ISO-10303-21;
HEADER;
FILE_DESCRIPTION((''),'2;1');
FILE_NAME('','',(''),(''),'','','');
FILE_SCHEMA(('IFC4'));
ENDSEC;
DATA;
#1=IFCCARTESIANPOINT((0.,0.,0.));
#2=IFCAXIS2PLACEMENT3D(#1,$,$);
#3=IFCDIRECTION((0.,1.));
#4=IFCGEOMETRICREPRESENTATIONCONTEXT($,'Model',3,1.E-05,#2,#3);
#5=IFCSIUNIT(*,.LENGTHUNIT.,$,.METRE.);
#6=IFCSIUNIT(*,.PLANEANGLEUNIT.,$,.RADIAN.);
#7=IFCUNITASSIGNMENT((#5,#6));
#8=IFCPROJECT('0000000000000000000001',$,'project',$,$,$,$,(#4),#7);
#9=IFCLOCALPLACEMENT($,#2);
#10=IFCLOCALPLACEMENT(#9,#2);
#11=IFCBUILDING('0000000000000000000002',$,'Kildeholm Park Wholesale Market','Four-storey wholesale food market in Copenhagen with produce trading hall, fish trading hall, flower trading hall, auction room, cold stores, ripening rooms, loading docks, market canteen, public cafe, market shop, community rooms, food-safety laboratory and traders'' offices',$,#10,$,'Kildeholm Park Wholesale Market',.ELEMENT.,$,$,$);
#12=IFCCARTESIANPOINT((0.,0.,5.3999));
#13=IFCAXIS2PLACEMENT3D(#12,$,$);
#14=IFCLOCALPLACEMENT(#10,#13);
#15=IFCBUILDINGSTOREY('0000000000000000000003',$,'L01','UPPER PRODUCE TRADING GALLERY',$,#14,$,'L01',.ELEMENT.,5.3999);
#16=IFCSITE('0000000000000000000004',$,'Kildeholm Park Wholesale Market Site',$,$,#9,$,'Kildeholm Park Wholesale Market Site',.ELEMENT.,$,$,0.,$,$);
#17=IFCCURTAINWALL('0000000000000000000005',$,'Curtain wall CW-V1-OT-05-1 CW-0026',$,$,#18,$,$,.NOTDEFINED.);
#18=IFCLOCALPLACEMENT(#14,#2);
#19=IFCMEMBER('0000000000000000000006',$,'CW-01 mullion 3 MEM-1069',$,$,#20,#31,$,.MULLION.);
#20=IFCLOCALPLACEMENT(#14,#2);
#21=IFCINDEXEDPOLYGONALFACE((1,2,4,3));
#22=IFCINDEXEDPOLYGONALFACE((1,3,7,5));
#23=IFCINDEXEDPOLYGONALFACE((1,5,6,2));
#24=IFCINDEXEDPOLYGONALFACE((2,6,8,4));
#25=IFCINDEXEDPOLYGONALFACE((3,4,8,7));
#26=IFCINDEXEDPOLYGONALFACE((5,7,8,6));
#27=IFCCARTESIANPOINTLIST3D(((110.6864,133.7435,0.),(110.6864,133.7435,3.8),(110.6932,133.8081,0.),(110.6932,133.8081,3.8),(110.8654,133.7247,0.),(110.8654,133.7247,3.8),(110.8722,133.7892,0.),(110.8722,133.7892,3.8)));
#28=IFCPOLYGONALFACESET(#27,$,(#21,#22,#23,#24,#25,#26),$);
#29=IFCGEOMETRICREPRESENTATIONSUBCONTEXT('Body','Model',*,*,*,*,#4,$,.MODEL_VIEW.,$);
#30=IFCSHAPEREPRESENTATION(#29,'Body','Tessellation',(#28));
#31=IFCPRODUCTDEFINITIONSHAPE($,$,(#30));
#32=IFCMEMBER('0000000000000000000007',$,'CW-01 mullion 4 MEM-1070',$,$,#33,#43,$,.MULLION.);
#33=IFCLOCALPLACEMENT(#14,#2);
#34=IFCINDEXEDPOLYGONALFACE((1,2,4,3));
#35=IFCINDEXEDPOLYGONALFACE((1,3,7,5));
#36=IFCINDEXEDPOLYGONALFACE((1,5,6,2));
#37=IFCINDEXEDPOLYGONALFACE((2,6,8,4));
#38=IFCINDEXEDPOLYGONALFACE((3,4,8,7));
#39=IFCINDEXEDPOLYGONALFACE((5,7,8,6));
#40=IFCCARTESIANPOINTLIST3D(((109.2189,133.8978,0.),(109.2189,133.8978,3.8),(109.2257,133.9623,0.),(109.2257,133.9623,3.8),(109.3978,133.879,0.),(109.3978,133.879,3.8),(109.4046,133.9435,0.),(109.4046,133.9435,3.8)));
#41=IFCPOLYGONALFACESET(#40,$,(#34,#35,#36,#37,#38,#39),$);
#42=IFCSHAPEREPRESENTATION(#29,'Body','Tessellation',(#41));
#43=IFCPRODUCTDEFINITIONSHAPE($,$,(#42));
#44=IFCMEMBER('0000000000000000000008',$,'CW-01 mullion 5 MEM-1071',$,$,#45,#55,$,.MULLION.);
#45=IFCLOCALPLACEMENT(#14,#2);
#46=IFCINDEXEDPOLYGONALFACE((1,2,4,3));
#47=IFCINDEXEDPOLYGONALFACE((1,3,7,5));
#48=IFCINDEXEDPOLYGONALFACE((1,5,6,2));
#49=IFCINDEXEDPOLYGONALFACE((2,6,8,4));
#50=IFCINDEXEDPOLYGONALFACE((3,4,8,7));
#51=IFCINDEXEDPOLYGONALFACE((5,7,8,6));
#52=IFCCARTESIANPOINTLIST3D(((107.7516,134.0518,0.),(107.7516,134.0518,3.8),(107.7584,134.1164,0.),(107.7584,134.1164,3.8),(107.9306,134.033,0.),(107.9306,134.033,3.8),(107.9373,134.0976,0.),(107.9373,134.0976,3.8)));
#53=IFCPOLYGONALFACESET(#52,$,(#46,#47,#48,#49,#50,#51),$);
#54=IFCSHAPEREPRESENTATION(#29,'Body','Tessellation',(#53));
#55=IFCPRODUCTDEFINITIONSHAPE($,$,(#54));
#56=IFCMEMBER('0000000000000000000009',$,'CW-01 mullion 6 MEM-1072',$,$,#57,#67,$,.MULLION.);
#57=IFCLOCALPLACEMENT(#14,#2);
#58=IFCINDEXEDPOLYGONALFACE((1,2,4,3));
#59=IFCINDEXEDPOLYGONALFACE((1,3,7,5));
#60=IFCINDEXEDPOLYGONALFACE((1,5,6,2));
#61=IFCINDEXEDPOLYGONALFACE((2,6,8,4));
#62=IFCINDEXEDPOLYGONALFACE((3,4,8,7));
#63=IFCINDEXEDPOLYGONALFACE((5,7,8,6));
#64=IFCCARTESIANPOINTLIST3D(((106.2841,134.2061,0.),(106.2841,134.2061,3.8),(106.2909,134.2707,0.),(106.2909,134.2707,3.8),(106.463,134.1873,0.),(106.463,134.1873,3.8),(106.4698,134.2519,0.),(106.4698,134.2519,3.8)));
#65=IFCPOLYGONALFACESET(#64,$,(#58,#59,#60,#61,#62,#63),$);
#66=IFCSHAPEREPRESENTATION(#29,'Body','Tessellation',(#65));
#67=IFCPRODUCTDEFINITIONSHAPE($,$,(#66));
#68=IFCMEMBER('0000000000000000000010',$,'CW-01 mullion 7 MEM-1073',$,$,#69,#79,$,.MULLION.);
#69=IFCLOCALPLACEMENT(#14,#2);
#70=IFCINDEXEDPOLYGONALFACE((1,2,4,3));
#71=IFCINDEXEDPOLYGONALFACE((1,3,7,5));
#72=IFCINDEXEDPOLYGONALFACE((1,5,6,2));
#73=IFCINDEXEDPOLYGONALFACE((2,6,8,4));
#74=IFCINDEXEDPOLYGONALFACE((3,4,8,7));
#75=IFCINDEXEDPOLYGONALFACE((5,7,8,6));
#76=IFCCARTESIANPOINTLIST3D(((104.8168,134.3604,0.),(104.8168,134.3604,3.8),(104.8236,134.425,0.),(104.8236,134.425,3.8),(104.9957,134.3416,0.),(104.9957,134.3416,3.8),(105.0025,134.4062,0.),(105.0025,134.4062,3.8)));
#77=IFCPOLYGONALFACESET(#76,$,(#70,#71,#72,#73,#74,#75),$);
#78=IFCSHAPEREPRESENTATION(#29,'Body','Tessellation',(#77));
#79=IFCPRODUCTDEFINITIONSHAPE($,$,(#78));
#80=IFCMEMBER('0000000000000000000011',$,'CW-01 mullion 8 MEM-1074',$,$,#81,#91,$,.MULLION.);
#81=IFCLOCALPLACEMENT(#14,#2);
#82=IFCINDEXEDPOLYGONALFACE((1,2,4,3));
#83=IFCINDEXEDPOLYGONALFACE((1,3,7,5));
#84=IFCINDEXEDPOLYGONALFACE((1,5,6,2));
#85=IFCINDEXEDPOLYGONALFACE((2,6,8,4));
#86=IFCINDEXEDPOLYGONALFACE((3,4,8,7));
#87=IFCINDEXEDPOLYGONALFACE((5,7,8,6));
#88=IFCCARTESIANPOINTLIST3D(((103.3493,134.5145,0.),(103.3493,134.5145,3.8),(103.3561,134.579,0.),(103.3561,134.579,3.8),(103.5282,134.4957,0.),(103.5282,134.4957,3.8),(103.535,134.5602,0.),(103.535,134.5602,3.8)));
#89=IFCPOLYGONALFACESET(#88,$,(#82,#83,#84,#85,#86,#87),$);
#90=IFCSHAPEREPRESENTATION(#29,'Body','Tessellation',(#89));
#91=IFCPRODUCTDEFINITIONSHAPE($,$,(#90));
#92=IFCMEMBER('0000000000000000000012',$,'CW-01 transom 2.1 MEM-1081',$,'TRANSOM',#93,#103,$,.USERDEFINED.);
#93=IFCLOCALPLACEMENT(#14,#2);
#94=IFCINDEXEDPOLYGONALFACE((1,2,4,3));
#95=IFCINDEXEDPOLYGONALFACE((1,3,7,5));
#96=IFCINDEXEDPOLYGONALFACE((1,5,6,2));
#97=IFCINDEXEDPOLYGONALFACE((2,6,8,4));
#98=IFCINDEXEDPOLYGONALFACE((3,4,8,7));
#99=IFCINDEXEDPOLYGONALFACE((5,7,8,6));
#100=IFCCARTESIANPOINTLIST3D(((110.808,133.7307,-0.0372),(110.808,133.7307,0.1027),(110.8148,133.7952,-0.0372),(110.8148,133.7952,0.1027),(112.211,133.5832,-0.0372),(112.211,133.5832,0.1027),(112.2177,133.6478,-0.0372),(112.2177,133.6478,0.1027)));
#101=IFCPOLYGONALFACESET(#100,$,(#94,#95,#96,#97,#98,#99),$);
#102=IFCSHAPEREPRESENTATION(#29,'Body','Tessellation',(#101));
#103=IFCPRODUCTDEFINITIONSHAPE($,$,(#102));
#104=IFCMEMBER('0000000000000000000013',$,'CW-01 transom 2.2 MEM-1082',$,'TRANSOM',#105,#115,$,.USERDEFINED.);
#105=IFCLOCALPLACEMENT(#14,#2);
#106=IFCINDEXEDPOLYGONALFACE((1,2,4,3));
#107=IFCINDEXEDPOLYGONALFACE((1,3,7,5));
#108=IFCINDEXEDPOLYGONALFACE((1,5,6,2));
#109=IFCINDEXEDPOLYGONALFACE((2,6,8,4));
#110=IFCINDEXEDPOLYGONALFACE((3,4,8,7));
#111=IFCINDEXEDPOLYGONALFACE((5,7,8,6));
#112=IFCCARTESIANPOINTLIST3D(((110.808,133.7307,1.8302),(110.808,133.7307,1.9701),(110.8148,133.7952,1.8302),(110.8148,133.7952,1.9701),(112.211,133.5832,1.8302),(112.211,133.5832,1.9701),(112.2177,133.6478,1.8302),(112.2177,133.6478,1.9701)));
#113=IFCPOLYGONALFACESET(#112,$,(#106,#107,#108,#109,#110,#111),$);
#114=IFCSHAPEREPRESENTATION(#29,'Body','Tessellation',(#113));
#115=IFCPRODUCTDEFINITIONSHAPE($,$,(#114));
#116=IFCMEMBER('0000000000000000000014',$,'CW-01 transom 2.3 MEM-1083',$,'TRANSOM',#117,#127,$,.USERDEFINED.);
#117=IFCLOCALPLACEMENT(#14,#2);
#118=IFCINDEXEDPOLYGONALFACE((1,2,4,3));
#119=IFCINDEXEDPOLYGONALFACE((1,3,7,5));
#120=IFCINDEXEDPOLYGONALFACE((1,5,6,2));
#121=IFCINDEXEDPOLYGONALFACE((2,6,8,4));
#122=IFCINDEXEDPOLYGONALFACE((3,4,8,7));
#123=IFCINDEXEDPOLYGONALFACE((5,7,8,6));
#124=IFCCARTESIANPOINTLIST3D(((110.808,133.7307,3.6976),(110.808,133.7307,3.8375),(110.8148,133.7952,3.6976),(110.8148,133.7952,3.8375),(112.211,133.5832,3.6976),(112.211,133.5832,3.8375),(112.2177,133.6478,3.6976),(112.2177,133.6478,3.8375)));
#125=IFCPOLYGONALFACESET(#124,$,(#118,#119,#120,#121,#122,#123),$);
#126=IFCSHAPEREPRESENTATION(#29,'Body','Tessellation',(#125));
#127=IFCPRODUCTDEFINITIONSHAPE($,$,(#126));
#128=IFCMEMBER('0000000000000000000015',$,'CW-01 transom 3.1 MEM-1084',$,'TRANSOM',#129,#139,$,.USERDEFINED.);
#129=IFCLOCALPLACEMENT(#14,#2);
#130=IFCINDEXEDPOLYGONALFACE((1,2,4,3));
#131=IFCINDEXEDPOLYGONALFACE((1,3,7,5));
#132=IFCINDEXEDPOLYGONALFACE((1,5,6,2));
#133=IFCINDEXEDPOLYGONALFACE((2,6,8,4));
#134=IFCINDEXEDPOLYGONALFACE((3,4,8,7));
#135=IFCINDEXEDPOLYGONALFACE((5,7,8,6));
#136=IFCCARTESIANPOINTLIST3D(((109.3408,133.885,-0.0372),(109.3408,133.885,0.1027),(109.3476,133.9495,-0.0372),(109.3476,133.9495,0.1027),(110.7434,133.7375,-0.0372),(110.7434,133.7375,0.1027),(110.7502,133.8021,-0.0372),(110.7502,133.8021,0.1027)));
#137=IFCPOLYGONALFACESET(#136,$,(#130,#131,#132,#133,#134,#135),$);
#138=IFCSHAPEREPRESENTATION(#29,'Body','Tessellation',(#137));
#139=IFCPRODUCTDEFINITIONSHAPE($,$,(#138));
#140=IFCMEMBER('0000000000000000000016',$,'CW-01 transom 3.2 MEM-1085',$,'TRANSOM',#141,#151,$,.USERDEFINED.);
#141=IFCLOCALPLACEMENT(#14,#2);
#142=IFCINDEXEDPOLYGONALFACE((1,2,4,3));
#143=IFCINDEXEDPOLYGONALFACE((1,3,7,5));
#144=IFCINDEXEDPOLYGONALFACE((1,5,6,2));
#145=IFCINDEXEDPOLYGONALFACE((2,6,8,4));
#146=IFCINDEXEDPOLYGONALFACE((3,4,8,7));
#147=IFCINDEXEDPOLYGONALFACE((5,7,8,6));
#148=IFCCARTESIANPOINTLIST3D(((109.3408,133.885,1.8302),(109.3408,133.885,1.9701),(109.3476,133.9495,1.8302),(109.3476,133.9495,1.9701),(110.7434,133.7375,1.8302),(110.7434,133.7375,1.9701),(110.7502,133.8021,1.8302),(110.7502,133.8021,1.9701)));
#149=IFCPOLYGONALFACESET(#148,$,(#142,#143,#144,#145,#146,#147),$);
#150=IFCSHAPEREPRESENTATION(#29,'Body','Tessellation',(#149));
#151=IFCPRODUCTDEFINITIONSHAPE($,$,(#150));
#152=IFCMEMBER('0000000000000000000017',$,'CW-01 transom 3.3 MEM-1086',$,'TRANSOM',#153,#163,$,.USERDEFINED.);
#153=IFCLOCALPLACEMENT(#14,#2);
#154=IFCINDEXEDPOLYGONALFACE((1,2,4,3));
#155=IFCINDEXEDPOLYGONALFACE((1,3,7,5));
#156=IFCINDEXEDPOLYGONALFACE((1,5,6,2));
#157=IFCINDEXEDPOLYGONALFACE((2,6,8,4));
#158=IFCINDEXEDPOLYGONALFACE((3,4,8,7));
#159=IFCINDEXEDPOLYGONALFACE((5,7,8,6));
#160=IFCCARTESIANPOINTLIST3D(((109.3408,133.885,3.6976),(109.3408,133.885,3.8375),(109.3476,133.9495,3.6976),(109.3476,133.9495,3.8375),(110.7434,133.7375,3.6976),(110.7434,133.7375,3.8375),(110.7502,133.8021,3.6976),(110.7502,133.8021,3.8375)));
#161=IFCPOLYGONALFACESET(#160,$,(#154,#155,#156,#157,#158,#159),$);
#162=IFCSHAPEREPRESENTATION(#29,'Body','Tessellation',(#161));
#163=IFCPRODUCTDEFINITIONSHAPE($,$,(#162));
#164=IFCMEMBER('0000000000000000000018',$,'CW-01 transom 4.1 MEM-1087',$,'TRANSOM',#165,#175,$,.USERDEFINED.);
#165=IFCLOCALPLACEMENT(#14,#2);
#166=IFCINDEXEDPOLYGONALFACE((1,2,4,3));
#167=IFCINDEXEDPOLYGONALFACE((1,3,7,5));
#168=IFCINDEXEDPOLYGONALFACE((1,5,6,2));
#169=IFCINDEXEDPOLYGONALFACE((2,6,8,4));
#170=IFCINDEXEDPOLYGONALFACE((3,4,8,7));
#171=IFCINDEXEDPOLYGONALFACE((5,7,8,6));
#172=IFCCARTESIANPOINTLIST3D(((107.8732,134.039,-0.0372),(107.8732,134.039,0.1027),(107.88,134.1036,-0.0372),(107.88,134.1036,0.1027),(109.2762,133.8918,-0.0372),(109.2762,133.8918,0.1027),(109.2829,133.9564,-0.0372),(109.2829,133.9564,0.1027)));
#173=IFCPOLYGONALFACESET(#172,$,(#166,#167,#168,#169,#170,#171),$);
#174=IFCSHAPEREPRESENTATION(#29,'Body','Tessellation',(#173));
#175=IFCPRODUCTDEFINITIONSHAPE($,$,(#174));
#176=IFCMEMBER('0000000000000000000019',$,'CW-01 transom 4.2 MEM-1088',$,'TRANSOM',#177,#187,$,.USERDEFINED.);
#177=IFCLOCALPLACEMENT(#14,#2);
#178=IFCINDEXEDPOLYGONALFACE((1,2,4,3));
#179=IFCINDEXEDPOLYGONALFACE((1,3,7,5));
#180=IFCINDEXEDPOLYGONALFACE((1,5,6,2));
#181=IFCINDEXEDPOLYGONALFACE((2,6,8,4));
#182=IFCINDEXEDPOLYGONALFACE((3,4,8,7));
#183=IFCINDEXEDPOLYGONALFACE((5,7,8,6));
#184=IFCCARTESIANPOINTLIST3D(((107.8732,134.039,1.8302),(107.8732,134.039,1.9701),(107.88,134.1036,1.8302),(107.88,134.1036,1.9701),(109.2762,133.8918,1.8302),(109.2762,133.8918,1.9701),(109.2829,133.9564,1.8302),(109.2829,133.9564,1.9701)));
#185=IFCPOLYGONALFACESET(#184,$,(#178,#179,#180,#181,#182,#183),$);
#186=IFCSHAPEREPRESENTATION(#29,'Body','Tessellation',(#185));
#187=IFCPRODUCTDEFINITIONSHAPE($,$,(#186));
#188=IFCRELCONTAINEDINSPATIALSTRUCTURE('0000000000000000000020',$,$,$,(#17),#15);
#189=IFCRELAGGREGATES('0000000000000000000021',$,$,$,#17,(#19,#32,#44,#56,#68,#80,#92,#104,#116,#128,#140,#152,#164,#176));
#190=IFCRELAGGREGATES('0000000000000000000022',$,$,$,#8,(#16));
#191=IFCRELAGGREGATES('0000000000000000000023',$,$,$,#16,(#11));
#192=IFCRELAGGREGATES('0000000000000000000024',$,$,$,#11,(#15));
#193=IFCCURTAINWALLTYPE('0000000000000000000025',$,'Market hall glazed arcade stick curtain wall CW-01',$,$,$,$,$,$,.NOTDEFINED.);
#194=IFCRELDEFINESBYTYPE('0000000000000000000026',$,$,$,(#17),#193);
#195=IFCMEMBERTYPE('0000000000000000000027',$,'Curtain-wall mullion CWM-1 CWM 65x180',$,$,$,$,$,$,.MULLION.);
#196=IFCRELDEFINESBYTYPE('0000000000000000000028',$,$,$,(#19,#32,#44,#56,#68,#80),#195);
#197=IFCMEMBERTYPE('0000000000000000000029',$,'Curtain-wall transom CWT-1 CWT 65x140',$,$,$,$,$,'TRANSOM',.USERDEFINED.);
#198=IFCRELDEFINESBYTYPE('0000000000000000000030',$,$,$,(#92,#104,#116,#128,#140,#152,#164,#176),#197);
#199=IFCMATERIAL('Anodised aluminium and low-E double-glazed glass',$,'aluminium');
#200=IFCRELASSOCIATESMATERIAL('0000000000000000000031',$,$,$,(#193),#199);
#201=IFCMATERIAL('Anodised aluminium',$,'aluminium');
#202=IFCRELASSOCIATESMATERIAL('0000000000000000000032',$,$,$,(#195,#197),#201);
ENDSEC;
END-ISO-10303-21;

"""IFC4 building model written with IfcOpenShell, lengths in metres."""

from ifc_helpers import new_model, si_unit, direction, frame, origin, origin_2d, place, context, subcontext, project, spatial, rectangle, extrude, material, material_profile, profile_set, type_object, element, aggregate, save


model = new_model("IFC4")

# Units and contexts
model_context = context("Model", 3, precision=1e-05, world=origin(), true_north=direction((0.0, 1.0)))
body_context = subcontext(model_context, "Body", "Model", "MODEL_VIEW")
ifc_project = project(units=[si_unit("LENGTHUNIT", "METRE"), si_unit("PLANEANGLEUNIT", "RADIAN")], contexts=[model_context])

# Site, building, storey
site_placement = place(None, origin())
site = spatial("IfcSite", under=ifc_project, at=site_placement, Name="Kildeholm Park Wholesale Market Site", LongName="Kildeholm Park Wholesale Market Site", CompositionType="ELEMENT", RefElevation=0.0)
building_placement = place(site_placement, origin())
building = spatial("IfcBuilding", under=site, at=building_placement, Name="Kildeholm Park Wholesale Market", Description="Four-storey wholesale food market in Copenhagen with produce trading hall, fish trading hall, flower trading hall, auction room, cold stores, ripening rooms, loading docks, market canteen, public cafe, market shop, community rooms, food-safety laboratory and traders' offices", LongName="Kildeholm Park Wholesale Market", CompositionType="ELEMENT")
storey_placement = place(building_placement, frame((0.0, 0.0, 5.3999)))
storey = spatial("IfcBuildingStorey", under=building, at=storey_placement, Name="L01", Description="UPPER PRODUCE TRADING GALLERY", LongName="L01", CompositionType="ELEMENT", Elevation=5.3999)

# Curtain wall, members
ifc_material_1 = material(Name="Anodised aluminium and low-E double-glazed glass", Category="aluminium")
curtain_wall_type = type_object("IfcCurtainWallType", Name="Market hall glazed arcade stick curtain wall CW-01", PredefinedType="NOTDEFINED", material=ifc_material_1)
curtain_wall_placement = place(storey_placement, origin())
curtain_wall = element("IfcCurtainWall", 1, at=curtain_wall_placement, inside=storey, type_object=curtain_wall_type, Name="Curtain wall CW-V1-OT-05-1 CW-0026", PredefinedType="NOTDEFINED")
ifc_material_2 = material(Name="Anodised aluminium", Category="aluminium")
ifc_material_profile_1 = material_profile(ifc_material_2, rectangle(XDim=0.0649, YDim=0.1799, at=origin_2d()), Name="CWM 65x180")
ifc_profile_set_1 = profile_set([ifc_material_profile_1], Name="Anodised aluminium")
member_type_1 = type_object("IfcMemberType", Name="Curtain-wall mullion CWM-1 CWM 65x180", PredefinedType="MULLION", material=ifc_profile_set_1)
member_1_placement = place(storey_placement, frame((110.7793, 133.7664, 0.0), z_axis=(0.0, 0.0, 1.0), x_axis=(-0.104508, -0.994524, 0.0)))
member_1 = element("IfcMember", 2, at=member_1_placement, type_object=member_type_1, Name="CW-01 mullion 3 MEM-1069", PredefinedType="MULLION", context=body_context, shape_type="SweptSolid", body=[
    extrude(rectangle(XDim=0.0649, YDim=0.1799, at=origin_2d()), origin(), (0.0, 0.0, 1.0), 3.8),
])
member_2_placement = place(storey_placement, frame((109.3118, 133.9207, 0.0), z_axis=(0.0, 0.0, 1.0), x_axis=(-0.104508, -0.994524, 0.0)))
member_2 = element("IfcMember", 3, at=member_2_placement, type_object=member_type_1, Name="CW-01 mullion 4 MEM-1070", PredefinedType="MULLION", context=body_context, shape_type="SweptSolid", body=[
    extrude(rectangle(XDim=0.0649, YDim=0.1799, at=origin_2d()), origin(), (0.0, 0.0, 1.0), 3.8),
])
member_3_placement = place(storey_placement, frame((107.8445, 134.0747, 0.0), z_axis=(0.0, 0.0, 1.0), x_axis=(-0.104508, -0.994524, 0.0)))
member_3 = element("IfcMember", 4, at=member_3_placement, type_object=member_type_1, Name="CW-01 mullion 5 MEM-1071", PredefinedType="MULLION", context=body_context, shape_type="SweptSolid", body=[
    extrude(rectangle(XDim=0.0649, YDim=0.1799, at=origin_2d()), origin(), (0.0, 0.0, 1.0), 3.8),
])
member_4_placement = place(storey_placement, frame((106.377, 134.229, 0.0), z_axis=(0.0, 0.0, 1.0), x_axis=(-0.104508, -0.994524, 0.0)))
member_4 = element("IfcMember", 5, at=member_4_placement, type_object=member_type_1, Name="CW-01 mullion 6 MEM-1072", PredefinedType="MULLION", context=body_context, shape_type="SweptSolid", body=[
    extrude(rectangle(XDim=0.0649, YDim=0.1799, at=origin_2d()), origin(), (0.0, 0.0, 1.0), 3.8),
])
member_5_placement = place(storey_placement, frame((104.9097, 134.3833, 0.0), z_axis=(0.0, 0.0, 1.0), x_axis=(-0.104508, -0.994524, 0.0)))
member_5 = element("IfcMember", 6, at=member_5_placement, type_object=member_type_1, Name="CW-01 mullion 7 MEM-1073", PredefinedType="MULLION", context=body_context, shape_type="SweptSolid", body=[
    extrude(rectangle(XDim=0.0649, YDim=0.1799, at=origin_2d()), origin(), (0.0, 0.0, 1.0), 3.8),
])
member_6_placement = place(storey_placement, frame((103.4421, 134.5374, 0.0), z_axis=(0.0, 0.0, 1.0), x_axis=(-0.104508, -0.994524, 0.0)))
member_6 = element("IfcMember", 7, at=member_6_placement, type_object=member_type_1, Name="CW-01 mullion 8 MEM-1074", PredefinedType="MULLION", context=body_context, shape_type="SweptSolid", body=[
    extrude(rectangle(XDim=0.0649, YDim=0.1799, at=origin_2d()), origin(), (0.0, 0.0, 1.0), 3.8),
])
ifc_material_profile_2 = material_profile(ifc_material_2, rectangle(XDim=0.0649, YDim=0.1399, at=origin_2d()), Name="CWT 65x140")
ifc_profile_set_2 = profile_set([ifc_material_profile_2], Name="Anodised aluminium")
member_type_2 = type_object("IfcMemberType", Name="Curtain-wall transom CWT-1 CWT 65x140", ElementType="TRANSOM", PredefinedType="USERDEFINED", material=ifc_profile_set_2)
member_7_placement = place(storey_placement, frame((112.2144, 133.6155, 0.0327), z_axis=(-0.994521, 0.104541, 0.0), x_axis=(-0.104541, -0.994521, 0.0)))
member_7 = element("IfcMember", 8, at=member_7_placement, type_object=member_type_2, Name="CW-01 transom 2.1 MEM-1081", ObjectType="TRANSOM", PredefinedType="USERDEFINED", context=body_context, shape_type="SweptSolid", body=[
    extrude(rectangle(XDim=0.0649, YDim=0.1399, at=origin_2d()), origin(), (0.0, 0.0, 1.0), 1.4106),
])
member_8_placement = place(storey_placement, frame((112.2144, 133.6155, 1.9001), z_axis=(-0.994521, 0.104541, 0.0), x_axis=(-0.104541, -0.994521, 0.0)))
member_8 = element("IfcMember", 9, at=member_8_placement, type_object=member_type_2, Name="CW-01 transom 2.2 MEM-1082", ObjectType="TRANSOM", PredefinedType="USERDEFINED", context=body_context, shape_type="SweptSolid", body=[
    extrude(rectangle(XDim=0.0649, YDim=0.1399, at=origin_2d()), origin(), (0.0, 0.0, 1.0), 1.4106),
])
member_9_placement = place(storey_placement, frame((112.2144, 133.6155, 3.7676), z_axis=(-0.994521, 0.104541, 0.0), x_axis=(-0.104541, -0.994521, 0.0)))
member_9 = element("IfcMember", 10, at=member_9_placement, type_object=member_type_2, Name="CW-01 transom 2.3 MEM-1083", ObjectType="TRANSOM", PredefinedType="USERDEFINED", context=body_context, shape_type="SweptSolid", body=[
    extrude(rectangle(XDim=0.0649, YDim=0.1399, at=origin_2d()), origin(), (0.0, 0.0, 1.0), 1.4106),
])
member_10_placement = place(storey_placement, frame((110.7468, 133.7698, 0.0327), z_axis=(-0.994519, 0.104559, 0.0), x_axis=(-0.104559, -0.994519, 0.0)))
member_10 = element("IfcMember", 11, at=member_10_placement, type_object=member_type_2, Name="CW-01 transom 3.1 MEM-1084", ObjectType="TRANSOM", PredefinedType="USERDEFINED", context=body_context, shape_type="SweptSolid", body=[
    extrude(rectangle(XDim=0.0649, YDim=0.1399, at=origin_2d()), origin(), (0.0, 0.0, 1.0), 1.4104),
])
member_11_placement = place(storey_placement, frame((110.7468, 133.7698, 1.9001), z_axis=(-0.994519, 0.104559, 0.0), x_axis=(-0.104559, -0.994519, 0.0)))
member_11 = element("IfcMember", 12, at=member_11_placement, type_object=member_type_2, Name="CW-01 transom 3.2 MEM-1085", ObjectType="TRANSOM", PredefinedType="USERDEFINED", context=body_context, shape_type="SweptSolid", body=[
    extrude(rectangle(XDim=0.0649, YDim=0.1399, at=origin_2d()), origin(), (0.0, 0.0, 1.0), 1.4104),
])
member_12_placement = place(storey_placement, frame((110.7468, 133.7698, 3.7676), z_axis=(-0.994519, 0.104559, 0.0), x_axis=(-0.104559, -0.994519, 0.0)))
member_12 = element("IfcMember", 13, at=member_12_placement, type_object=member_type_2, Name="CW-01 transom 3.3 MEM-1086", ObjectType="TRANSOM", PredefinedType="USERDEFINED", context=body_context, shape_type="SweptSolid", body=[
    extrude(rectangle(XDim=0.0649, YDim=0.1399, at=origin_2d()), origin(), (0.0, 0.0, 1.0), 1.4104),
])
member_13_placement = place(storey_placement, frame((109.2795, 133.9241, 0.0327), z_axis=(-0.994539, 0.104369, 0.0), x_axis=(-0.104369, -0.994539, 0.0)))
member_13 = element("IfcMember", 14, at=member_13_placement, type_object=member_type_2, Name="CW-01 transom 4.1 MEM-1087", ObjectType="TRANSOM", PredefinedType="USERDEFINED", context=body_context, shape_type="SweptSolid", body=[
    extrude(rectangle(XDim=0.0649, YDim=0.1399, at=origin_2d()), origin(), (0.0, 0.0, 1.0), 1.4106),
])
member_14_placement = place(storey_placement, frame((109.2795, 133.9241, 1.9001), z_axis=(-0.994539, 0.104369, 0.0), x_axis=(-0.104369, -0.994539, 0.0)))
member_14 = element("IfcMember", 15, at=member_14_placement, type_object=member_type_2, Name="CW-01 transom 4.2 MEM-1088", ObjectType="TRANSOM", PredefinedType="USERDEFINED", context=body_context, shape_type="SweptSolid", body=[
    extrude(rectangle(XDim=0.0649, YDim=0.1399, at=origin_2d()), origin(), (0.0, 0.0, 1.0), 1.4106),
])
aggregate(curtain_wall, [member_1, member_2, member_3, member_4, member_5, member_6, member_7, member_8, member_9, member_10, member_11, member_12, member_13, member_14])

save(model, "model.ifc")
